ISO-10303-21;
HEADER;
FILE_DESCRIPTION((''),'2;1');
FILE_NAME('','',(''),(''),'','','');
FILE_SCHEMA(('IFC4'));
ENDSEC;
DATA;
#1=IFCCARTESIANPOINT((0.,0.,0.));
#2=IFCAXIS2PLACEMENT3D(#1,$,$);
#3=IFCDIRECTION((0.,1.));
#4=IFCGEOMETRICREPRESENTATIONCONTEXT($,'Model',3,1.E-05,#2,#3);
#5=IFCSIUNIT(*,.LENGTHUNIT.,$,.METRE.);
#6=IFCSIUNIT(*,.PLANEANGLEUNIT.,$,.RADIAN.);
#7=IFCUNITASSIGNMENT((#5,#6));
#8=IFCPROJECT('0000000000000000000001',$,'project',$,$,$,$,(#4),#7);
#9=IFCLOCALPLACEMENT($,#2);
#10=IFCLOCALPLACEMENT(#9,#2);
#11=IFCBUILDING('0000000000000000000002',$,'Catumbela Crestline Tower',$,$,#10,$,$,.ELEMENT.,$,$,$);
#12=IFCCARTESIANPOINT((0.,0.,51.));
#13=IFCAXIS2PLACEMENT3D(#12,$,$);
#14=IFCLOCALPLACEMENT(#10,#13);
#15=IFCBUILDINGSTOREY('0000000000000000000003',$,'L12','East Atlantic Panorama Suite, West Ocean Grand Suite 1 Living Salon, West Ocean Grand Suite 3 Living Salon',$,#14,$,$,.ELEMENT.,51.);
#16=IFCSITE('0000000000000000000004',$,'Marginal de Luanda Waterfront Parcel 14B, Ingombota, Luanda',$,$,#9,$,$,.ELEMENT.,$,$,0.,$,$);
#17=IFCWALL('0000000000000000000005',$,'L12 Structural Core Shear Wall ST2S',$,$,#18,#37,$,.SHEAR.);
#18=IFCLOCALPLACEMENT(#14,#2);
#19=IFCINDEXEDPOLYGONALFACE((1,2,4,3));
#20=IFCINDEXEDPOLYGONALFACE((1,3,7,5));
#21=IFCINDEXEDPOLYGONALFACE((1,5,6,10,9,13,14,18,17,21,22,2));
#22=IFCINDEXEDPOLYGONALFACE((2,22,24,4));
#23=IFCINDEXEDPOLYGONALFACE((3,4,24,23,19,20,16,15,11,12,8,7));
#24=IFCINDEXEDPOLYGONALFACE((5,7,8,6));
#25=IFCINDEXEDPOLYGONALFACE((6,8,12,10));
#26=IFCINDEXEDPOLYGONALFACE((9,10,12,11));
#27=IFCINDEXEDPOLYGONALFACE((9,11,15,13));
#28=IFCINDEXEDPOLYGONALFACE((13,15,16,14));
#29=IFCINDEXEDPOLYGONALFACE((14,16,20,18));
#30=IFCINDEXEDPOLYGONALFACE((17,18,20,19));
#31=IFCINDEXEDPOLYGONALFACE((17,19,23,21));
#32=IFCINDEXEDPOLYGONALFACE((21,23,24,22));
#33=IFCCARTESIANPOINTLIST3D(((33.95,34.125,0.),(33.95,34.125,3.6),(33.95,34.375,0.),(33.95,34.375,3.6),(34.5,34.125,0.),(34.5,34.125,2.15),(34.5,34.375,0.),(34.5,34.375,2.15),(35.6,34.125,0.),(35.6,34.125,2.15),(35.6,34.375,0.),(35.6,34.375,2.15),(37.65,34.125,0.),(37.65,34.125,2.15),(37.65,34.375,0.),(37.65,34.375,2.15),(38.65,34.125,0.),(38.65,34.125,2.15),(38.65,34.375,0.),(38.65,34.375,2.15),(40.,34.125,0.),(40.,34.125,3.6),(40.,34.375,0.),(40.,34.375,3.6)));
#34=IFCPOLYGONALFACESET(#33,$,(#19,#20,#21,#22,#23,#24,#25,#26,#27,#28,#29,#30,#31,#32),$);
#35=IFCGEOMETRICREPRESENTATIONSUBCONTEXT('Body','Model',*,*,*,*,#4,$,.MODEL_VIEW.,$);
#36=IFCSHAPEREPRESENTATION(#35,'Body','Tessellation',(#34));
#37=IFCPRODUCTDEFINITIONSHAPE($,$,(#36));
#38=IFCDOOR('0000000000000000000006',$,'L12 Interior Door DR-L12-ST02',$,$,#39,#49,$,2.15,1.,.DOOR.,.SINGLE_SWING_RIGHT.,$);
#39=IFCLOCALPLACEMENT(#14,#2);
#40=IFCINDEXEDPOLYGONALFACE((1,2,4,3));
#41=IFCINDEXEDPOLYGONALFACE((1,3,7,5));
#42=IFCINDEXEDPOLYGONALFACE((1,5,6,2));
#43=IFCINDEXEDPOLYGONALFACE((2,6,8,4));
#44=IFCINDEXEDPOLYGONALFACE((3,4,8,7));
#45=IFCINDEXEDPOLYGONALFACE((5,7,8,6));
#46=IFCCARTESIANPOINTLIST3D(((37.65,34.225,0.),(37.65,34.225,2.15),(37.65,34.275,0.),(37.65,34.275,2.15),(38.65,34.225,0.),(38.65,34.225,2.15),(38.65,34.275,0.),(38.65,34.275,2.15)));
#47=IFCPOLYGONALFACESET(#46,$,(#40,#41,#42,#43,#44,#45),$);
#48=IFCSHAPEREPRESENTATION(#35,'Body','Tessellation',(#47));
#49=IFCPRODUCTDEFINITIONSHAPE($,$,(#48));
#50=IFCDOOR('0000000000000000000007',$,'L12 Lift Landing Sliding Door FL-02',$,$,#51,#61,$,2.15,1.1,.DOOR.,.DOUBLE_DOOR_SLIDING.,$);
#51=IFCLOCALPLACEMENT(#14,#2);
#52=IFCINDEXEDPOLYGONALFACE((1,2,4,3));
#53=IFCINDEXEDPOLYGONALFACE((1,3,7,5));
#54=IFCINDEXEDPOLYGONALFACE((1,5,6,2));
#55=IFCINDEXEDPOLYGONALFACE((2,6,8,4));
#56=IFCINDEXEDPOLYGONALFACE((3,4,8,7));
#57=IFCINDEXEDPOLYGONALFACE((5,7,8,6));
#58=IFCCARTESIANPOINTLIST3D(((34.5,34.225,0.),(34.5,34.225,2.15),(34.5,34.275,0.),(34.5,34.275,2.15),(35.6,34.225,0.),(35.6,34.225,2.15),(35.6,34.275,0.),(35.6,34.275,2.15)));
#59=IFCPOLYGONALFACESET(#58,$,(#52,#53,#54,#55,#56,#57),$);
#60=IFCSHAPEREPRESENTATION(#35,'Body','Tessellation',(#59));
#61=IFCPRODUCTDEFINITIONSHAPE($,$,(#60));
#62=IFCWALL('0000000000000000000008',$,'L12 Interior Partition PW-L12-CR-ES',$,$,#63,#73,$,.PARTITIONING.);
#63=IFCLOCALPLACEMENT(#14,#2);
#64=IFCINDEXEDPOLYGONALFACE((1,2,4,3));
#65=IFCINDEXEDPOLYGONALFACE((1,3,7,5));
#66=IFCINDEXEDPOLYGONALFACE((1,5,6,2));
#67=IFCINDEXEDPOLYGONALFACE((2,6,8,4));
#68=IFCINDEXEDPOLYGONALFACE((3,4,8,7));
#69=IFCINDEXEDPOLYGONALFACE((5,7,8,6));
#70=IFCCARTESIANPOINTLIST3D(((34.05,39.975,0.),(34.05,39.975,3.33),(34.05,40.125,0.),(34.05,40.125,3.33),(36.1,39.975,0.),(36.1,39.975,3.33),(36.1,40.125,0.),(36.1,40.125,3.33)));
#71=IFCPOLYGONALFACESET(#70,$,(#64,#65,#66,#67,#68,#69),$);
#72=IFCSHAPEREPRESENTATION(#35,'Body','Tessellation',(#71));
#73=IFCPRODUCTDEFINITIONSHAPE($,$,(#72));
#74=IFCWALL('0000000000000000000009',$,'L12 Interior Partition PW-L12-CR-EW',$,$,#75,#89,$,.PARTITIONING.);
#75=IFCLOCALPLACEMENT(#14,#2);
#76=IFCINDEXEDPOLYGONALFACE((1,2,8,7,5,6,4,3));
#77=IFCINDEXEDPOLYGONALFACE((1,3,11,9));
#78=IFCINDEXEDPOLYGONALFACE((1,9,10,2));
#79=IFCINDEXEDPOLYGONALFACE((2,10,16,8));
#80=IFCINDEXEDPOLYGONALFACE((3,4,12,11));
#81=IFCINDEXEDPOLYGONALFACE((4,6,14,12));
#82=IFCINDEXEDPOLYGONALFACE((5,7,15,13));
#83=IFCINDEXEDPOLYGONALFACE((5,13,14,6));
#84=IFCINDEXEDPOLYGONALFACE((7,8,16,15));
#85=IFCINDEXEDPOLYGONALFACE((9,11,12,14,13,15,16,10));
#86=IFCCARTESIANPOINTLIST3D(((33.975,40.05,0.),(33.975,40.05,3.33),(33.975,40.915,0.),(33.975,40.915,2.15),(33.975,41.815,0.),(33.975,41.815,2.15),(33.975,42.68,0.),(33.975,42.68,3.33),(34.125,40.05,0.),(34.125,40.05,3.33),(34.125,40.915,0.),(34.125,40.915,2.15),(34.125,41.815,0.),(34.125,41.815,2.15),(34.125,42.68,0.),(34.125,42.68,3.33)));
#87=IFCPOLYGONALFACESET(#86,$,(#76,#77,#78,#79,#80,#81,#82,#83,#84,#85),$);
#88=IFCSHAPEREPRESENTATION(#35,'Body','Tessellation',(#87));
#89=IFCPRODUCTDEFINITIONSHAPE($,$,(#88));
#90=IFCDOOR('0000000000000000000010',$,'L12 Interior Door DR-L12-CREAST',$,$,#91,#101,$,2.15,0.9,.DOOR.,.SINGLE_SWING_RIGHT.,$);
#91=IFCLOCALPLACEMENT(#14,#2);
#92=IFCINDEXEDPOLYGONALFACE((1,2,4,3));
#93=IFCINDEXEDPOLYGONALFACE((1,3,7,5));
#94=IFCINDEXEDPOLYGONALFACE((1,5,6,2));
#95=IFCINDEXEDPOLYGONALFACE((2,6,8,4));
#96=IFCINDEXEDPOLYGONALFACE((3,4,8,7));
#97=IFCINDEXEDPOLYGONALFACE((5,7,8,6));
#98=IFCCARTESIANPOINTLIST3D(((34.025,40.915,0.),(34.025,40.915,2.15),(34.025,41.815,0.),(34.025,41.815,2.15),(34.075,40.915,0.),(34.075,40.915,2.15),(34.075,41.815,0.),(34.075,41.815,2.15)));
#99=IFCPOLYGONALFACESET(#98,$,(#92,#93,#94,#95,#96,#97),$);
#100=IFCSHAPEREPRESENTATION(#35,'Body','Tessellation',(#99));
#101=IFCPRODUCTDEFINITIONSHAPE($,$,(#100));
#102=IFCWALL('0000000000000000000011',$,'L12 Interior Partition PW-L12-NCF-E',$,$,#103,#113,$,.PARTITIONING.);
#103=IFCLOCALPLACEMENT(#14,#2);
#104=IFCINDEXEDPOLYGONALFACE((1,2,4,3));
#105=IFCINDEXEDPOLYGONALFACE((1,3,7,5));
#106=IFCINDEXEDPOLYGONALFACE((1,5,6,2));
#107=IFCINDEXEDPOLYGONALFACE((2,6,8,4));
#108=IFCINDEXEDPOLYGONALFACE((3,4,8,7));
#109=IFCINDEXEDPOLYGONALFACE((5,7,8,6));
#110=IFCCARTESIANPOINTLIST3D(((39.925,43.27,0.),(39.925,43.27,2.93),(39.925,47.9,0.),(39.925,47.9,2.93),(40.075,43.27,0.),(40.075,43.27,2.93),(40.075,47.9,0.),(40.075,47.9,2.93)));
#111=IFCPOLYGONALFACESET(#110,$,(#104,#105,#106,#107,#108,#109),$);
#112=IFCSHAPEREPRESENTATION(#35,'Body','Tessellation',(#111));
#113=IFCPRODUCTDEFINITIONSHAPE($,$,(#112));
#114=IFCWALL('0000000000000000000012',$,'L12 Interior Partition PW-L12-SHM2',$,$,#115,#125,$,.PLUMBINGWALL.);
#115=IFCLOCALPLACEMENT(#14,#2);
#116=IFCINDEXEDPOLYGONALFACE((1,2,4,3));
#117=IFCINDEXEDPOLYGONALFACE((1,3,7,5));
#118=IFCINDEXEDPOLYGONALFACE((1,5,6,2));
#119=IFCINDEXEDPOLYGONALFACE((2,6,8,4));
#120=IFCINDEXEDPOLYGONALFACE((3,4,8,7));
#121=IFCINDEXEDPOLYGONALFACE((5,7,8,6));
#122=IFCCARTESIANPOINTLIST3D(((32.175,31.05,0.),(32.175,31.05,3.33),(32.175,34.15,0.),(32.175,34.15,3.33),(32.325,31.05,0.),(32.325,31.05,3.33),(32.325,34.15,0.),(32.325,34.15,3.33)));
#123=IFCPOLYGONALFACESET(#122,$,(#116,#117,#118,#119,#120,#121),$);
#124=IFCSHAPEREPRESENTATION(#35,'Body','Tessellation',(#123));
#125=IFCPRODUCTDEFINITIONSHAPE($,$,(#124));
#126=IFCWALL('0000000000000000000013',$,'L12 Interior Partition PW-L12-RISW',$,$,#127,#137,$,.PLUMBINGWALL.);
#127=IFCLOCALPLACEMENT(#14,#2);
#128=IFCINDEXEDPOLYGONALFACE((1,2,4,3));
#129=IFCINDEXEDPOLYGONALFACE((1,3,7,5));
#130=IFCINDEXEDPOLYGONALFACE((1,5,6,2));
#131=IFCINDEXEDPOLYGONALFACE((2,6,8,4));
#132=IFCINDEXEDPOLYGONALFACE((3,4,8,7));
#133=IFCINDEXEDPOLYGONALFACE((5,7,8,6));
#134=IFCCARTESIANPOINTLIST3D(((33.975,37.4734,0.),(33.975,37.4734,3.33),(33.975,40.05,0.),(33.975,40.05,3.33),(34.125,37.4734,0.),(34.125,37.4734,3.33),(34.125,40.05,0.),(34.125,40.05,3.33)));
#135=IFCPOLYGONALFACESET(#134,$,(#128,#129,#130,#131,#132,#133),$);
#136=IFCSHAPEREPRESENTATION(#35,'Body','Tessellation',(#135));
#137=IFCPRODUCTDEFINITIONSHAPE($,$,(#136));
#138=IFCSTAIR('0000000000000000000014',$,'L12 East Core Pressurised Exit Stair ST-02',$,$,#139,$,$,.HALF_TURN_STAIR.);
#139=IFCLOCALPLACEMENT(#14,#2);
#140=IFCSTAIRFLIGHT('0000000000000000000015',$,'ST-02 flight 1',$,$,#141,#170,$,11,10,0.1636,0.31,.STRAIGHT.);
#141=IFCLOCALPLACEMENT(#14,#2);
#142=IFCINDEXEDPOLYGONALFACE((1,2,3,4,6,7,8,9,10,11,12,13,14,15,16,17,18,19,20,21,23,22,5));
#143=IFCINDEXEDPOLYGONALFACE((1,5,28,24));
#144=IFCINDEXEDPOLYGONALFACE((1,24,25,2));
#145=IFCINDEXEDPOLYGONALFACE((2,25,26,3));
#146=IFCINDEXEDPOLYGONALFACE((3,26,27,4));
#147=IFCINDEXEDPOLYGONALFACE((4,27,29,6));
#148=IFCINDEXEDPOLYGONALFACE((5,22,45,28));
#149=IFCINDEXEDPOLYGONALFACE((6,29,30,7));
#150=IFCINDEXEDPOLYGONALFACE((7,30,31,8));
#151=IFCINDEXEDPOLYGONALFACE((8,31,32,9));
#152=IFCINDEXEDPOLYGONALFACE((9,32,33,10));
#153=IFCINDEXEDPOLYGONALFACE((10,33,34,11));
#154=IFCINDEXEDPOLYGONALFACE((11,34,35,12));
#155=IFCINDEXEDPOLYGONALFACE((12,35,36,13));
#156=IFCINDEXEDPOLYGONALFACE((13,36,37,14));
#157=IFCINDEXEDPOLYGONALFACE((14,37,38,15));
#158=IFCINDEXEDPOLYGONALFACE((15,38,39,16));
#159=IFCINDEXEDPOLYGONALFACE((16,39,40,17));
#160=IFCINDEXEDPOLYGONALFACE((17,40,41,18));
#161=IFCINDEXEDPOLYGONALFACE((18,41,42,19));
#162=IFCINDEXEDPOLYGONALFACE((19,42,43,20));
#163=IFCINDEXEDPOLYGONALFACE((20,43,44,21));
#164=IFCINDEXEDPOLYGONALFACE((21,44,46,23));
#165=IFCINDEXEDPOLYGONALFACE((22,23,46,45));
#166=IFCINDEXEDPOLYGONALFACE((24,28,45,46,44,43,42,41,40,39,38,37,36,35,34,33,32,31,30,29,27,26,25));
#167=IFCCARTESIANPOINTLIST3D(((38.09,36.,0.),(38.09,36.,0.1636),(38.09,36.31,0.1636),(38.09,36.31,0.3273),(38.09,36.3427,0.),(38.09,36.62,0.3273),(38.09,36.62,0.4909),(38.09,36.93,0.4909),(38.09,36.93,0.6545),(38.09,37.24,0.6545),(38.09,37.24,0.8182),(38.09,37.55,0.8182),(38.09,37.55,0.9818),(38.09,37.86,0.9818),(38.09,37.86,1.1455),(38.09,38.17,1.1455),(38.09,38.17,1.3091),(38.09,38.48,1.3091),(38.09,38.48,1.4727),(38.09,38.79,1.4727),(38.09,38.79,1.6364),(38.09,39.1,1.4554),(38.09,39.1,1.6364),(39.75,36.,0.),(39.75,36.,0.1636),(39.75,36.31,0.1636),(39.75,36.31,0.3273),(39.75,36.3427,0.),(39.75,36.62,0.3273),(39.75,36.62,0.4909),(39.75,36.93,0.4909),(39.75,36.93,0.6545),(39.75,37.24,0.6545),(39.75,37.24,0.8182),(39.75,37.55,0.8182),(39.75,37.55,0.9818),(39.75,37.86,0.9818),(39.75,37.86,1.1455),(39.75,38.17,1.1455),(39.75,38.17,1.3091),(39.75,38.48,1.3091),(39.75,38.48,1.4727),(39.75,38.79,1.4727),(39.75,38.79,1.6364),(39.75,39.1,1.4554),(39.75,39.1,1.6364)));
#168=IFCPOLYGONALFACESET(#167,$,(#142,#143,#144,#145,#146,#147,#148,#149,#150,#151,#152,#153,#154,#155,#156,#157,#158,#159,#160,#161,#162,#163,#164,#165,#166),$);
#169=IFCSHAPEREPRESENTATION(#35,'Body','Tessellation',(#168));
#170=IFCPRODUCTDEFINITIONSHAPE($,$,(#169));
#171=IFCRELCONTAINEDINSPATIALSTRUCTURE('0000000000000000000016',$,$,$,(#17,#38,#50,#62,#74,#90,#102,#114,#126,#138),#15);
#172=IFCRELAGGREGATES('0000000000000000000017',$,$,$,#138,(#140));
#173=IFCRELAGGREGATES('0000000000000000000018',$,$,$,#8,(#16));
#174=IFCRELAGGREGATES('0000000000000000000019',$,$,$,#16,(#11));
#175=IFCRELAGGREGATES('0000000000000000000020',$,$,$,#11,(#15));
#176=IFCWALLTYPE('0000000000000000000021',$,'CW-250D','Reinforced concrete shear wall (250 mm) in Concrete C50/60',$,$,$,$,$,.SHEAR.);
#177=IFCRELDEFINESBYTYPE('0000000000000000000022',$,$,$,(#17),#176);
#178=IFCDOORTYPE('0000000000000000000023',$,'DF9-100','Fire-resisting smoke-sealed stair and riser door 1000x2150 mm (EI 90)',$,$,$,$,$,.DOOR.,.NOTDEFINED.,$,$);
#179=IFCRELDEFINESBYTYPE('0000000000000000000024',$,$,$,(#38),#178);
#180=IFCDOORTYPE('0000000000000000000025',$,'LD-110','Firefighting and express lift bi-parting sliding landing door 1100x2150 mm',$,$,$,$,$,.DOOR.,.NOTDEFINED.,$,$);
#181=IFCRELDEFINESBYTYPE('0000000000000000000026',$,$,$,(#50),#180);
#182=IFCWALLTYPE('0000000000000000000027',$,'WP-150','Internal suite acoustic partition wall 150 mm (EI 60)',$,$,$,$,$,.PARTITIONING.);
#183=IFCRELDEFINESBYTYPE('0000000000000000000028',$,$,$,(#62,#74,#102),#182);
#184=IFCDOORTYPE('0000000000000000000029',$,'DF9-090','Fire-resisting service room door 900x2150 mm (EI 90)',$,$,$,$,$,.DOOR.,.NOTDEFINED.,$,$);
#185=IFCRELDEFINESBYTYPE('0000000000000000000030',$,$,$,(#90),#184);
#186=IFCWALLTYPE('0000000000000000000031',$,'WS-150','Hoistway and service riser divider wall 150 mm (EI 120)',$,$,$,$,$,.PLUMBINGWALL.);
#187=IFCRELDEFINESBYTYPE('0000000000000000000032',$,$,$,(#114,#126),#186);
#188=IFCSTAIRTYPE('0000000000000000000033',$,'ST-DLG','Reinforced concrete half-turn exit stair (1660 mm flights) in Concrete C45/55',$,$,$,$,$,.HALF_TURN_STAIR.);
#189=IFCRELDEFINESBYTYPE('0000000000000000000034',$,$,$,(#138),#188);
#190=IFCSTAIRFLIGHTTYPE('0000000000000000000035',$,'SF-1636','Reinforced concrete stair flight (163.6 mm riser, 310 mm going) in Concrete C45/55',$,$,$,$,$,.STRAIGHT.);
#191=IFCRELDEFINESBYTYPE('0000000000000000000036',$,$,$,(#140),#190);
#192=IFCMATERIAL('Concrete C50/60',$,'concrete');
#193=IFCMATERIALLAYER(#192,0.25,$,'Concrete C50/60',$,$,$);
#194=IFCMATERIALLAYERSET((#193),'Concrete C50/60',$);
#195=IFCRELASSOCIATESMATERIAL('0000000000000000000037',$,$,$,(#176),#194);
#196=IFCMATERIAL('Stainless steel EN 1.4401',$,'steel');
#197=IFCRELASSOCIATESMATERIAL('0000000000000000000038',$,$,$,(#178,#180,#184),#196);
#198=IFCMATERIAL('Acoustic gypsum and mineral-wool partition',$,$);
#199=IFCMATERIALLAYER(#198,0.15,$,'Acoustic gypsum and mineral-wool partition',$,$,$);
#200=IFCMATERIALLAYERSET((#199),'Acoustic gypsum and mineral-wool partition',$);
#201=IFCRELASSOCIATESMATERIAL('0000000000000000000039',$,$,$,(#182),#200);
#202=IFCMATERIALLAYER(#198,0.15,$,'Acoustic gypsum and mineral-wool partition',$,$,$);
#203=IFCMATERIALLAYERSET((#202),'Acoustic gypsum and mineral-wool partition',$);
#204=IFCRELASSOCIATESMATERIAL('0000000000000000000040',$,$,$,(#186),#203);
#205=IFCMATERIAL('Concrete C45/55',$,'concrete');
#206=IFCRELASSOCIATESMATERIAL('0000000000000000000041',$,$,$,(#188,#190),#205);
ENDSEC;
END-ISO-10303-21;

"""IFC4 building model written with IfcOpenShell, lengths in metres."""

from ifc_helpers import new_model, si_unit, direction, frame, frame_2d, origin, place, context, subcontext, project, spatial, polyline, rectangle, outline, extrude, material, layer, layer_set, type_object, element, fill, aggregate, save


model = new_model("IFC4")

# Units and contexts
model_context = context("Model", 3, precision=1e-05, world=origin(), true_north=direction((0.0, 1.0)))
body_context = subcontext(model_context, "Body", "Model", "MODEL_VIEW")
ifc_project = project(units=[si_unit("LENGTHUNIT", "METRE"), si_unit("PLANEANGLEUNIT", "RADIAN")], contexts=[model_context])

# Site, building, storey
site_placement = place(None, origin())
site = spatial("IfcSite", under=ifc_project, at=site_placement, Name="Marginal de Luanda Waterfront Parcel 14B, Ingombota, Luanda", CompositionType="ELEMENT", RefElevation=0.0)
building_placement = place(site_placement, origin())
building = spatial("IfcBuilding", under=site, at=building_placement, Name="Catumbela Crestline Tower", CompositionType="ELEMENT")
storey_placement = place(building_placement, frame((0.0, 0.0, 51.0)))
storey = spatial("IfcBuildingStorey", under=building, at=storey_placement, Name="L12", Description="East Atlantic Panorama Suite, West Ocean Grand Suite 1 Living Salon, West Ocean Grand Suite 3 Living Salon", CompositionType="ELEMENT", Elevation=51.0)

# Shared definitions
ifc_material_1 = material(Name="Concrete C50/60", Category="concrete")
ifc_layer_1 = layer(ifc_material_1, 0.25, Name="Concrete C50/60")
ifc_layer_set_1 = layer_set([ifc_layer_1], Name="Concrete C50/60")
wall_type_1 = type_object("IfcWallType", Name="CW-250D", Description="Reinforced concrete shear wall (250 mm) in Concrete C50/60", PredefinedType="SHEAR", material=ifc_layer_set_1)

# Wall, openings, doors
wall_1_placement = place(storey_placement, frame((33.95, 34.25, 0.0), z_axis=(0.0, 0.0, 1.0), x_axis=(1.0, 0.0, 0.0)))
wall_1 = element("IfcWall", 1, at=wall_1_placement, inside=storey, type_object=wall_type_1, Name="L12 Structural Core Shear Wall ST2S", PredefinedType="SHEAR", context=body_context, shape_type="SweptSolid", body=[
    extrude(rectangle(XDim=6.05, YDim=0.25, at=frame_2d((3.025, 0.0))), origin(), (0.0, 0.0, 1.0), 3.6),
])
opening_1_placement = place(wall_1_placement, frame((3.7, 0.0, 0.0)))
opening_1 = element("IfcOpeningElement", 2, at=opening_1_placement, cuts=wall_1, PredefinedType="OPENING", context=body_context, shape_type="SweptSolid", body=[
    extrude(rectangle(XDim=1.0, YDim=2.15, at=frame_2d((0.5, 1.075))), frame((0.0, 0.135, 0.0), z_axis=(0.0, -1.0, 0.0), x_axis=(1.0, 0.0, 0.0)), (0.0, 0.0, 1.0), 0.27),
])
opening_2_placement = place(wall_1_placement, frame((0.55, 0.0, 0.0)))
opening_2 = element("IfcOpeningElement", 3, at=opening_2_placement, cuts=wall_1, PredefinedType="OPENING", context=body_context, shape_type="SweptSolid", body=[
    extrude(rectangle(XDim=1.1, YDim=2.15, at=frame_2d((0.55, 1.075))), frame((0.0, 0.135, 0.0), z_axis=(0.0, -1.0, 0.0), x_axis=(1.0, 0.0, 0.0)), (0.0, 0.0, 1.0), 0.27),
])
ifc_material_2 = material(Name="Stainless steel EN 1.4401", Category="steel")
door_type_1 = type_object("IfcDoorType", Name="DF9-100", Description="Fire-resisting smoke-sealed stair and riser door 1000x2150 mm (EI 90)", OperationType="NOTDEFINED", PredefinedType="DOOR", material=ifc_material_2)
door_1_placement = place(opening_1_placement, origin())
door_1 = element("IfcDoor", 4, at=door_1_placement, inside=storey, type_object=door_type_1, Name="L12 Interior Door DR-L12-ST02", OperationType="SINGLE_SWING_RIGHT", OverallHeight=2.15, OverallWidth=1.0, PredefinedType="DOOR", context=body_context, shape_type="SweptSolid", body=[
    extrude(rectangle(XDim=1.0, YDim=2.15, at=frame_2d((0.5, 1.075))), frame((0.0, 0.025, 0.0), z_axis=(0.0, -1.0, 0.0), x_axis=(1.0, 0.0, 0.0)), (0.0, 0.0, 1.0), 0.05),
])
fill(opening_1, door_1)
door_type_2 = type_object("IfcDoorType", Name="LD-110", Description="Firefighting and express lift bi-parting sliding landing door 1100x2150 mm", OperationType="NOTDEFINED", PredefinedType="DOOR", material=ifc_material_2)
door_2_placement = place(opening_2_placement, origin())
door_2 = element("IfcDoor", 5, at=door_2_placement, inside=storey, type_object=door_type_2, Name="L12 Lift Landing Sliding Door FL-02", OperationType="DOUBLE_DOOR_SLIDING", OverallHeight=2.15, OverallWidth=1.1, PredefinedType="DOOR", context=body_context, shape_type="SweptSolid", body=[
    extrude(rectangle(XDim=1.1, YDim=2.15, at=frame_2d((0.55, 1.075))), frame((0.0, 0.025, 0.0), z_axis=(0.0, -1.0, 0.0), x_axis=(1.0, 0.0, 0.0)), (0.0, 0.0, 1.0), 0.05),
])
fill(opening_2, door_2)

# Wall
ifc_material_3 = material(Name="Acoustic gypsum and mineral-wool partition")
ifc_layer_2 = layer(ifc_material_3, 0.15, Name="Acoustic gypsum and mineral-wool partition")
ifc_layer_set_2 = layer_set([ifc_layer_2], Name="Acoustic gypsum and mineral-wool partition")
wall_type_2 = type_object("IfcWallType", Name="WP-150", Description="Internal suite acoustic partition wall 150 mm (EI 60)", PredefinedType="PARTITIONING", material=ifc_layer_set_2)
wall_2_placement = place(storey_placement, frame((34.05, 40.05, 0.0), z_axis=(0.0, 0.0, 1.0), x_axis=(1.0, 0.0, 0.0)))
element("IfcWall", 6, at=wall_2_placement, inside=storey, type_object=wall_type_2, Name="L12 Interior Partition PW-L12-CR-ES", PredefinedType="PARTITIONING", context=body_context, shape_type="SweptSolid", body=[
    extrude(rectangle(XDim=2.05, YDim=0.15, at=frame_2d((1.025, 0.0))), origin(), (0.0, 0.0, 1.0), 3.33),
])

# Wall, opening, door
wall_3_placement = place(storey_placement, frame((34.05, 40.05, 0.0), z_axis=(0.0, 0.0, 1.0), x_axis=(0.0, 1.0, 0.0)))
wall_3 = element("IfcWall", 7, at=wall_3_placement, inside=storey, type_object=wall_type_2, Name="L12 Interior Partition PW-L12-CR-EW", PredefinedType="PARTITIONING", context=body_context, shape_type="SweptSolid", body=[
    extrude(rectangle(XDim=2.63, YDim=0.15, at=frame_2d((1.315, 0.0))), origin(), (0.0, 0.0, 1.0), 3.33),
])
opening_3_placement = place(wall_3_placement, frame((0.865, 0.0, 0.0)))
opening_3 = element("IfcOpeningElement", 8, at=opening_3_placement, cuts=wall_3, PredefinedType="OPENING", context=body_context, shape_type="SweptSolid", body=[
    extrude(rectangle(XDim=0.9, YDim=2.15, at=frame_2d((0.45, 1.075))), frame((0.0, 0.085, 0.0), z_axis=(0.0, -1.0, 0.0), x_axis=(1.0, 0.0, 0.0)), (0.0, 0.0, 1.0), 0.17),
])
door_type_3 = type_object("IfcDoorType", Name="DF9-090", Description="Fire-resisting service room door 900x2150 mm (EI 90)", OperationType="NOTDEFINED", PredefinedType="DOOR", material=ifc_material_2)
door_3_placement = place(opening_3_placement, origin())
door_3 = element("IfcDoor", 9, at=door_3_placement, inside=storey, type_object=door_type_3, Name="L12 Interior Door DR-L12-CREAST", OperationType="SINGLE_SWING_RIGHT", OverallHeight=2.15, OverallWidth=0.9, PredefinedType="DOOR", context=body_context, shape_type="SweptSolid", body=[
    extrude(rectangle(XDim=0.9, YDim=2.15, at=frame_2d((0.45, 1.075))), frame((0.0, 0.025, 0.0), z_axis=(0.0, -1.0, 0.0), x_axis=(1.0, 0.0, 0.0)), (0.0, 0.0, 1.0), 0.05),
])
fill(opening_3, door_3)

# Walls
wall_4_placement = place(storey_placement, frame((40.0, 43.27, 0.0), z_axis=(0.0, 0.0, 1.0), x_axis=(0.0, 1.0, 0.0)))
element("IfcWall", 10, at=wall_4_placement, inside=storey, type_object=wall_type_2, Name="L12 Interior Partition PW-L12-NCF-E", PredefinedType="PARTITIONING", context=body_context, shape_type="SweptSolid", body=[
    extrude(rectangle(XDim=4.63, YDim=0.15, at=frame_2d((2.315, 0.0))), origin(), (0.0, 0.0, 1.0), 2.93),
])
ifc_layer_3 = layer(ifc_material_3, 0.15, Name="Acoustic gypsum and mineral-wool partition")
ifc_layer_set_3 = layer_set([ifc_layer_3], Name="Acoustic gypsum and mineral-wool partition")
wall_type_3 = type_object("IfcWallType", Name="WS-150", Description="Hoistway and service riser divider wall 150 mm (EI 120)", PredefinedType="PLUMBINGWALL", material=ifc_layer_set_3)
wall_5_placement = place(storey_placement, frame((32.25, 31.05, 0.0), z_axis=(0.0, 0.0, 1.0), x_axis=(0.0, 1.0, 0.0)))
element("IfcWall", 11, at=wall_5_placement, inside=storey, type_object=wall_type_3, Name="L12 Interior Partition PW-L12-SHM2", PredefinedType="PLUMBINGWALL", context=body_context, shape_type="SweptSolid", body=[
    extrude(rectangle(XDim=3.1, YDim=0.15, at=frame_2d((1.55, 0.0))), origin(), (0.0, 0.0, 1.0), 3.33),
])
wall_6_placement = place(storey_placement, frame((34.05, 37.4734, 0.0), z_axis=(0.0, 0.0, 1.0), x_axis=(0.0, 1.0, 0.0)))
element("IfcWall", 12, at=wall_6_placement, inside=storey, type_object=wall_type_3, Name="L12 Interior Partition PW-L12-RISW", PredefinedType="PLUMBINGWALL", context=body_context, shape_type="SweptSolid", body=[
    extrude(rectangle(XDim=2.5766, YDim=0.15, at=frame_2d((1.2883, 0.0))), origin(), (0.0, 0.0, 1.0), 3.33),
])

# Stair, stair flight
ifc_material_4 = material(Name="Concrete C45/55", Category="concrete")
stair_type = type_object("IfcStairType", Name="ST-DLG", Description="Reinforced concrete half-turn exit stair (1660 mm flights) in Concrete C45/55", PredefinedType="HALF_TURN_STAIR", material=ifc_material_4)
stair_placement = place(storey_placement, origin())
stair = element("IfcStair", 13, at=stair_placement, inside=storey, type_object=stair_type, Name="L12 East Core Pressurised Exit Stair ST-02", PredefinedType="HALF_TURN_STAIR")
stair_flight_type = type_object("IfcStairFlightType", Name="SF-1636", Description="Reinforced concrete stair flight (163.6 mm riser, 310 mm going) in Concrete C45/55", PredefinedType="STRAIGHT", material=ifc_material_4)
stair_flight_1_placement = place(storey_placement, frame((38.92, 36.0, 0.0), z_axis=(0.0, 0.0, 1.0), x_axis=(0.0, 1.0, 0.0)))
stair_flight_1 = element("IfcStairFlight", 14, at=stair_flight_1_placement, type_object=stair_flight_type, Name="ST-02 flight 1", NumberOfRisers=11, NumberOfTreads=10, PredefinedType="STRAIGHT", RiserHeight=0.1636, TreadLength=0.31, context=body_context, shape_type="SweptSolid", body=[
    extrude(outline(polyline([(0.0, 0.0), (0.0, 0.1636), (0.31, 0.1636), (0.31, 0.3273), (0.62, 0.3273), (0.62, 0.4909), (0.93, 0.4909), (0.93, 0.6545), (1.24, 0.6545), (1.24, 0.8182), (1.55, 0.8182), (1.55, 0.9818), (1.86, 0.9818), (1.86, 1.1455), (2.17, 1.1455), (2.17, 1.3091), (2.48, 1.3091), (2.48, 1.4727), (2.79, 1.4727), (2.79, 1.6364), (3.1, 1.6364), (3.1, 1.8), (3.1, 1.4554), (0.3427, 0.0), (0.0, 0.0)])), frame((0.0, 0.83, 0.0), z_axis=(0.0, -1.0, 0.0), x_axis=(1.0, 0.0, 0.0)), (0.0, 0.0, 1.0), 1.66),
])
aggregate(stair, [stair_flight_1])

save(model, "model.ifc")
